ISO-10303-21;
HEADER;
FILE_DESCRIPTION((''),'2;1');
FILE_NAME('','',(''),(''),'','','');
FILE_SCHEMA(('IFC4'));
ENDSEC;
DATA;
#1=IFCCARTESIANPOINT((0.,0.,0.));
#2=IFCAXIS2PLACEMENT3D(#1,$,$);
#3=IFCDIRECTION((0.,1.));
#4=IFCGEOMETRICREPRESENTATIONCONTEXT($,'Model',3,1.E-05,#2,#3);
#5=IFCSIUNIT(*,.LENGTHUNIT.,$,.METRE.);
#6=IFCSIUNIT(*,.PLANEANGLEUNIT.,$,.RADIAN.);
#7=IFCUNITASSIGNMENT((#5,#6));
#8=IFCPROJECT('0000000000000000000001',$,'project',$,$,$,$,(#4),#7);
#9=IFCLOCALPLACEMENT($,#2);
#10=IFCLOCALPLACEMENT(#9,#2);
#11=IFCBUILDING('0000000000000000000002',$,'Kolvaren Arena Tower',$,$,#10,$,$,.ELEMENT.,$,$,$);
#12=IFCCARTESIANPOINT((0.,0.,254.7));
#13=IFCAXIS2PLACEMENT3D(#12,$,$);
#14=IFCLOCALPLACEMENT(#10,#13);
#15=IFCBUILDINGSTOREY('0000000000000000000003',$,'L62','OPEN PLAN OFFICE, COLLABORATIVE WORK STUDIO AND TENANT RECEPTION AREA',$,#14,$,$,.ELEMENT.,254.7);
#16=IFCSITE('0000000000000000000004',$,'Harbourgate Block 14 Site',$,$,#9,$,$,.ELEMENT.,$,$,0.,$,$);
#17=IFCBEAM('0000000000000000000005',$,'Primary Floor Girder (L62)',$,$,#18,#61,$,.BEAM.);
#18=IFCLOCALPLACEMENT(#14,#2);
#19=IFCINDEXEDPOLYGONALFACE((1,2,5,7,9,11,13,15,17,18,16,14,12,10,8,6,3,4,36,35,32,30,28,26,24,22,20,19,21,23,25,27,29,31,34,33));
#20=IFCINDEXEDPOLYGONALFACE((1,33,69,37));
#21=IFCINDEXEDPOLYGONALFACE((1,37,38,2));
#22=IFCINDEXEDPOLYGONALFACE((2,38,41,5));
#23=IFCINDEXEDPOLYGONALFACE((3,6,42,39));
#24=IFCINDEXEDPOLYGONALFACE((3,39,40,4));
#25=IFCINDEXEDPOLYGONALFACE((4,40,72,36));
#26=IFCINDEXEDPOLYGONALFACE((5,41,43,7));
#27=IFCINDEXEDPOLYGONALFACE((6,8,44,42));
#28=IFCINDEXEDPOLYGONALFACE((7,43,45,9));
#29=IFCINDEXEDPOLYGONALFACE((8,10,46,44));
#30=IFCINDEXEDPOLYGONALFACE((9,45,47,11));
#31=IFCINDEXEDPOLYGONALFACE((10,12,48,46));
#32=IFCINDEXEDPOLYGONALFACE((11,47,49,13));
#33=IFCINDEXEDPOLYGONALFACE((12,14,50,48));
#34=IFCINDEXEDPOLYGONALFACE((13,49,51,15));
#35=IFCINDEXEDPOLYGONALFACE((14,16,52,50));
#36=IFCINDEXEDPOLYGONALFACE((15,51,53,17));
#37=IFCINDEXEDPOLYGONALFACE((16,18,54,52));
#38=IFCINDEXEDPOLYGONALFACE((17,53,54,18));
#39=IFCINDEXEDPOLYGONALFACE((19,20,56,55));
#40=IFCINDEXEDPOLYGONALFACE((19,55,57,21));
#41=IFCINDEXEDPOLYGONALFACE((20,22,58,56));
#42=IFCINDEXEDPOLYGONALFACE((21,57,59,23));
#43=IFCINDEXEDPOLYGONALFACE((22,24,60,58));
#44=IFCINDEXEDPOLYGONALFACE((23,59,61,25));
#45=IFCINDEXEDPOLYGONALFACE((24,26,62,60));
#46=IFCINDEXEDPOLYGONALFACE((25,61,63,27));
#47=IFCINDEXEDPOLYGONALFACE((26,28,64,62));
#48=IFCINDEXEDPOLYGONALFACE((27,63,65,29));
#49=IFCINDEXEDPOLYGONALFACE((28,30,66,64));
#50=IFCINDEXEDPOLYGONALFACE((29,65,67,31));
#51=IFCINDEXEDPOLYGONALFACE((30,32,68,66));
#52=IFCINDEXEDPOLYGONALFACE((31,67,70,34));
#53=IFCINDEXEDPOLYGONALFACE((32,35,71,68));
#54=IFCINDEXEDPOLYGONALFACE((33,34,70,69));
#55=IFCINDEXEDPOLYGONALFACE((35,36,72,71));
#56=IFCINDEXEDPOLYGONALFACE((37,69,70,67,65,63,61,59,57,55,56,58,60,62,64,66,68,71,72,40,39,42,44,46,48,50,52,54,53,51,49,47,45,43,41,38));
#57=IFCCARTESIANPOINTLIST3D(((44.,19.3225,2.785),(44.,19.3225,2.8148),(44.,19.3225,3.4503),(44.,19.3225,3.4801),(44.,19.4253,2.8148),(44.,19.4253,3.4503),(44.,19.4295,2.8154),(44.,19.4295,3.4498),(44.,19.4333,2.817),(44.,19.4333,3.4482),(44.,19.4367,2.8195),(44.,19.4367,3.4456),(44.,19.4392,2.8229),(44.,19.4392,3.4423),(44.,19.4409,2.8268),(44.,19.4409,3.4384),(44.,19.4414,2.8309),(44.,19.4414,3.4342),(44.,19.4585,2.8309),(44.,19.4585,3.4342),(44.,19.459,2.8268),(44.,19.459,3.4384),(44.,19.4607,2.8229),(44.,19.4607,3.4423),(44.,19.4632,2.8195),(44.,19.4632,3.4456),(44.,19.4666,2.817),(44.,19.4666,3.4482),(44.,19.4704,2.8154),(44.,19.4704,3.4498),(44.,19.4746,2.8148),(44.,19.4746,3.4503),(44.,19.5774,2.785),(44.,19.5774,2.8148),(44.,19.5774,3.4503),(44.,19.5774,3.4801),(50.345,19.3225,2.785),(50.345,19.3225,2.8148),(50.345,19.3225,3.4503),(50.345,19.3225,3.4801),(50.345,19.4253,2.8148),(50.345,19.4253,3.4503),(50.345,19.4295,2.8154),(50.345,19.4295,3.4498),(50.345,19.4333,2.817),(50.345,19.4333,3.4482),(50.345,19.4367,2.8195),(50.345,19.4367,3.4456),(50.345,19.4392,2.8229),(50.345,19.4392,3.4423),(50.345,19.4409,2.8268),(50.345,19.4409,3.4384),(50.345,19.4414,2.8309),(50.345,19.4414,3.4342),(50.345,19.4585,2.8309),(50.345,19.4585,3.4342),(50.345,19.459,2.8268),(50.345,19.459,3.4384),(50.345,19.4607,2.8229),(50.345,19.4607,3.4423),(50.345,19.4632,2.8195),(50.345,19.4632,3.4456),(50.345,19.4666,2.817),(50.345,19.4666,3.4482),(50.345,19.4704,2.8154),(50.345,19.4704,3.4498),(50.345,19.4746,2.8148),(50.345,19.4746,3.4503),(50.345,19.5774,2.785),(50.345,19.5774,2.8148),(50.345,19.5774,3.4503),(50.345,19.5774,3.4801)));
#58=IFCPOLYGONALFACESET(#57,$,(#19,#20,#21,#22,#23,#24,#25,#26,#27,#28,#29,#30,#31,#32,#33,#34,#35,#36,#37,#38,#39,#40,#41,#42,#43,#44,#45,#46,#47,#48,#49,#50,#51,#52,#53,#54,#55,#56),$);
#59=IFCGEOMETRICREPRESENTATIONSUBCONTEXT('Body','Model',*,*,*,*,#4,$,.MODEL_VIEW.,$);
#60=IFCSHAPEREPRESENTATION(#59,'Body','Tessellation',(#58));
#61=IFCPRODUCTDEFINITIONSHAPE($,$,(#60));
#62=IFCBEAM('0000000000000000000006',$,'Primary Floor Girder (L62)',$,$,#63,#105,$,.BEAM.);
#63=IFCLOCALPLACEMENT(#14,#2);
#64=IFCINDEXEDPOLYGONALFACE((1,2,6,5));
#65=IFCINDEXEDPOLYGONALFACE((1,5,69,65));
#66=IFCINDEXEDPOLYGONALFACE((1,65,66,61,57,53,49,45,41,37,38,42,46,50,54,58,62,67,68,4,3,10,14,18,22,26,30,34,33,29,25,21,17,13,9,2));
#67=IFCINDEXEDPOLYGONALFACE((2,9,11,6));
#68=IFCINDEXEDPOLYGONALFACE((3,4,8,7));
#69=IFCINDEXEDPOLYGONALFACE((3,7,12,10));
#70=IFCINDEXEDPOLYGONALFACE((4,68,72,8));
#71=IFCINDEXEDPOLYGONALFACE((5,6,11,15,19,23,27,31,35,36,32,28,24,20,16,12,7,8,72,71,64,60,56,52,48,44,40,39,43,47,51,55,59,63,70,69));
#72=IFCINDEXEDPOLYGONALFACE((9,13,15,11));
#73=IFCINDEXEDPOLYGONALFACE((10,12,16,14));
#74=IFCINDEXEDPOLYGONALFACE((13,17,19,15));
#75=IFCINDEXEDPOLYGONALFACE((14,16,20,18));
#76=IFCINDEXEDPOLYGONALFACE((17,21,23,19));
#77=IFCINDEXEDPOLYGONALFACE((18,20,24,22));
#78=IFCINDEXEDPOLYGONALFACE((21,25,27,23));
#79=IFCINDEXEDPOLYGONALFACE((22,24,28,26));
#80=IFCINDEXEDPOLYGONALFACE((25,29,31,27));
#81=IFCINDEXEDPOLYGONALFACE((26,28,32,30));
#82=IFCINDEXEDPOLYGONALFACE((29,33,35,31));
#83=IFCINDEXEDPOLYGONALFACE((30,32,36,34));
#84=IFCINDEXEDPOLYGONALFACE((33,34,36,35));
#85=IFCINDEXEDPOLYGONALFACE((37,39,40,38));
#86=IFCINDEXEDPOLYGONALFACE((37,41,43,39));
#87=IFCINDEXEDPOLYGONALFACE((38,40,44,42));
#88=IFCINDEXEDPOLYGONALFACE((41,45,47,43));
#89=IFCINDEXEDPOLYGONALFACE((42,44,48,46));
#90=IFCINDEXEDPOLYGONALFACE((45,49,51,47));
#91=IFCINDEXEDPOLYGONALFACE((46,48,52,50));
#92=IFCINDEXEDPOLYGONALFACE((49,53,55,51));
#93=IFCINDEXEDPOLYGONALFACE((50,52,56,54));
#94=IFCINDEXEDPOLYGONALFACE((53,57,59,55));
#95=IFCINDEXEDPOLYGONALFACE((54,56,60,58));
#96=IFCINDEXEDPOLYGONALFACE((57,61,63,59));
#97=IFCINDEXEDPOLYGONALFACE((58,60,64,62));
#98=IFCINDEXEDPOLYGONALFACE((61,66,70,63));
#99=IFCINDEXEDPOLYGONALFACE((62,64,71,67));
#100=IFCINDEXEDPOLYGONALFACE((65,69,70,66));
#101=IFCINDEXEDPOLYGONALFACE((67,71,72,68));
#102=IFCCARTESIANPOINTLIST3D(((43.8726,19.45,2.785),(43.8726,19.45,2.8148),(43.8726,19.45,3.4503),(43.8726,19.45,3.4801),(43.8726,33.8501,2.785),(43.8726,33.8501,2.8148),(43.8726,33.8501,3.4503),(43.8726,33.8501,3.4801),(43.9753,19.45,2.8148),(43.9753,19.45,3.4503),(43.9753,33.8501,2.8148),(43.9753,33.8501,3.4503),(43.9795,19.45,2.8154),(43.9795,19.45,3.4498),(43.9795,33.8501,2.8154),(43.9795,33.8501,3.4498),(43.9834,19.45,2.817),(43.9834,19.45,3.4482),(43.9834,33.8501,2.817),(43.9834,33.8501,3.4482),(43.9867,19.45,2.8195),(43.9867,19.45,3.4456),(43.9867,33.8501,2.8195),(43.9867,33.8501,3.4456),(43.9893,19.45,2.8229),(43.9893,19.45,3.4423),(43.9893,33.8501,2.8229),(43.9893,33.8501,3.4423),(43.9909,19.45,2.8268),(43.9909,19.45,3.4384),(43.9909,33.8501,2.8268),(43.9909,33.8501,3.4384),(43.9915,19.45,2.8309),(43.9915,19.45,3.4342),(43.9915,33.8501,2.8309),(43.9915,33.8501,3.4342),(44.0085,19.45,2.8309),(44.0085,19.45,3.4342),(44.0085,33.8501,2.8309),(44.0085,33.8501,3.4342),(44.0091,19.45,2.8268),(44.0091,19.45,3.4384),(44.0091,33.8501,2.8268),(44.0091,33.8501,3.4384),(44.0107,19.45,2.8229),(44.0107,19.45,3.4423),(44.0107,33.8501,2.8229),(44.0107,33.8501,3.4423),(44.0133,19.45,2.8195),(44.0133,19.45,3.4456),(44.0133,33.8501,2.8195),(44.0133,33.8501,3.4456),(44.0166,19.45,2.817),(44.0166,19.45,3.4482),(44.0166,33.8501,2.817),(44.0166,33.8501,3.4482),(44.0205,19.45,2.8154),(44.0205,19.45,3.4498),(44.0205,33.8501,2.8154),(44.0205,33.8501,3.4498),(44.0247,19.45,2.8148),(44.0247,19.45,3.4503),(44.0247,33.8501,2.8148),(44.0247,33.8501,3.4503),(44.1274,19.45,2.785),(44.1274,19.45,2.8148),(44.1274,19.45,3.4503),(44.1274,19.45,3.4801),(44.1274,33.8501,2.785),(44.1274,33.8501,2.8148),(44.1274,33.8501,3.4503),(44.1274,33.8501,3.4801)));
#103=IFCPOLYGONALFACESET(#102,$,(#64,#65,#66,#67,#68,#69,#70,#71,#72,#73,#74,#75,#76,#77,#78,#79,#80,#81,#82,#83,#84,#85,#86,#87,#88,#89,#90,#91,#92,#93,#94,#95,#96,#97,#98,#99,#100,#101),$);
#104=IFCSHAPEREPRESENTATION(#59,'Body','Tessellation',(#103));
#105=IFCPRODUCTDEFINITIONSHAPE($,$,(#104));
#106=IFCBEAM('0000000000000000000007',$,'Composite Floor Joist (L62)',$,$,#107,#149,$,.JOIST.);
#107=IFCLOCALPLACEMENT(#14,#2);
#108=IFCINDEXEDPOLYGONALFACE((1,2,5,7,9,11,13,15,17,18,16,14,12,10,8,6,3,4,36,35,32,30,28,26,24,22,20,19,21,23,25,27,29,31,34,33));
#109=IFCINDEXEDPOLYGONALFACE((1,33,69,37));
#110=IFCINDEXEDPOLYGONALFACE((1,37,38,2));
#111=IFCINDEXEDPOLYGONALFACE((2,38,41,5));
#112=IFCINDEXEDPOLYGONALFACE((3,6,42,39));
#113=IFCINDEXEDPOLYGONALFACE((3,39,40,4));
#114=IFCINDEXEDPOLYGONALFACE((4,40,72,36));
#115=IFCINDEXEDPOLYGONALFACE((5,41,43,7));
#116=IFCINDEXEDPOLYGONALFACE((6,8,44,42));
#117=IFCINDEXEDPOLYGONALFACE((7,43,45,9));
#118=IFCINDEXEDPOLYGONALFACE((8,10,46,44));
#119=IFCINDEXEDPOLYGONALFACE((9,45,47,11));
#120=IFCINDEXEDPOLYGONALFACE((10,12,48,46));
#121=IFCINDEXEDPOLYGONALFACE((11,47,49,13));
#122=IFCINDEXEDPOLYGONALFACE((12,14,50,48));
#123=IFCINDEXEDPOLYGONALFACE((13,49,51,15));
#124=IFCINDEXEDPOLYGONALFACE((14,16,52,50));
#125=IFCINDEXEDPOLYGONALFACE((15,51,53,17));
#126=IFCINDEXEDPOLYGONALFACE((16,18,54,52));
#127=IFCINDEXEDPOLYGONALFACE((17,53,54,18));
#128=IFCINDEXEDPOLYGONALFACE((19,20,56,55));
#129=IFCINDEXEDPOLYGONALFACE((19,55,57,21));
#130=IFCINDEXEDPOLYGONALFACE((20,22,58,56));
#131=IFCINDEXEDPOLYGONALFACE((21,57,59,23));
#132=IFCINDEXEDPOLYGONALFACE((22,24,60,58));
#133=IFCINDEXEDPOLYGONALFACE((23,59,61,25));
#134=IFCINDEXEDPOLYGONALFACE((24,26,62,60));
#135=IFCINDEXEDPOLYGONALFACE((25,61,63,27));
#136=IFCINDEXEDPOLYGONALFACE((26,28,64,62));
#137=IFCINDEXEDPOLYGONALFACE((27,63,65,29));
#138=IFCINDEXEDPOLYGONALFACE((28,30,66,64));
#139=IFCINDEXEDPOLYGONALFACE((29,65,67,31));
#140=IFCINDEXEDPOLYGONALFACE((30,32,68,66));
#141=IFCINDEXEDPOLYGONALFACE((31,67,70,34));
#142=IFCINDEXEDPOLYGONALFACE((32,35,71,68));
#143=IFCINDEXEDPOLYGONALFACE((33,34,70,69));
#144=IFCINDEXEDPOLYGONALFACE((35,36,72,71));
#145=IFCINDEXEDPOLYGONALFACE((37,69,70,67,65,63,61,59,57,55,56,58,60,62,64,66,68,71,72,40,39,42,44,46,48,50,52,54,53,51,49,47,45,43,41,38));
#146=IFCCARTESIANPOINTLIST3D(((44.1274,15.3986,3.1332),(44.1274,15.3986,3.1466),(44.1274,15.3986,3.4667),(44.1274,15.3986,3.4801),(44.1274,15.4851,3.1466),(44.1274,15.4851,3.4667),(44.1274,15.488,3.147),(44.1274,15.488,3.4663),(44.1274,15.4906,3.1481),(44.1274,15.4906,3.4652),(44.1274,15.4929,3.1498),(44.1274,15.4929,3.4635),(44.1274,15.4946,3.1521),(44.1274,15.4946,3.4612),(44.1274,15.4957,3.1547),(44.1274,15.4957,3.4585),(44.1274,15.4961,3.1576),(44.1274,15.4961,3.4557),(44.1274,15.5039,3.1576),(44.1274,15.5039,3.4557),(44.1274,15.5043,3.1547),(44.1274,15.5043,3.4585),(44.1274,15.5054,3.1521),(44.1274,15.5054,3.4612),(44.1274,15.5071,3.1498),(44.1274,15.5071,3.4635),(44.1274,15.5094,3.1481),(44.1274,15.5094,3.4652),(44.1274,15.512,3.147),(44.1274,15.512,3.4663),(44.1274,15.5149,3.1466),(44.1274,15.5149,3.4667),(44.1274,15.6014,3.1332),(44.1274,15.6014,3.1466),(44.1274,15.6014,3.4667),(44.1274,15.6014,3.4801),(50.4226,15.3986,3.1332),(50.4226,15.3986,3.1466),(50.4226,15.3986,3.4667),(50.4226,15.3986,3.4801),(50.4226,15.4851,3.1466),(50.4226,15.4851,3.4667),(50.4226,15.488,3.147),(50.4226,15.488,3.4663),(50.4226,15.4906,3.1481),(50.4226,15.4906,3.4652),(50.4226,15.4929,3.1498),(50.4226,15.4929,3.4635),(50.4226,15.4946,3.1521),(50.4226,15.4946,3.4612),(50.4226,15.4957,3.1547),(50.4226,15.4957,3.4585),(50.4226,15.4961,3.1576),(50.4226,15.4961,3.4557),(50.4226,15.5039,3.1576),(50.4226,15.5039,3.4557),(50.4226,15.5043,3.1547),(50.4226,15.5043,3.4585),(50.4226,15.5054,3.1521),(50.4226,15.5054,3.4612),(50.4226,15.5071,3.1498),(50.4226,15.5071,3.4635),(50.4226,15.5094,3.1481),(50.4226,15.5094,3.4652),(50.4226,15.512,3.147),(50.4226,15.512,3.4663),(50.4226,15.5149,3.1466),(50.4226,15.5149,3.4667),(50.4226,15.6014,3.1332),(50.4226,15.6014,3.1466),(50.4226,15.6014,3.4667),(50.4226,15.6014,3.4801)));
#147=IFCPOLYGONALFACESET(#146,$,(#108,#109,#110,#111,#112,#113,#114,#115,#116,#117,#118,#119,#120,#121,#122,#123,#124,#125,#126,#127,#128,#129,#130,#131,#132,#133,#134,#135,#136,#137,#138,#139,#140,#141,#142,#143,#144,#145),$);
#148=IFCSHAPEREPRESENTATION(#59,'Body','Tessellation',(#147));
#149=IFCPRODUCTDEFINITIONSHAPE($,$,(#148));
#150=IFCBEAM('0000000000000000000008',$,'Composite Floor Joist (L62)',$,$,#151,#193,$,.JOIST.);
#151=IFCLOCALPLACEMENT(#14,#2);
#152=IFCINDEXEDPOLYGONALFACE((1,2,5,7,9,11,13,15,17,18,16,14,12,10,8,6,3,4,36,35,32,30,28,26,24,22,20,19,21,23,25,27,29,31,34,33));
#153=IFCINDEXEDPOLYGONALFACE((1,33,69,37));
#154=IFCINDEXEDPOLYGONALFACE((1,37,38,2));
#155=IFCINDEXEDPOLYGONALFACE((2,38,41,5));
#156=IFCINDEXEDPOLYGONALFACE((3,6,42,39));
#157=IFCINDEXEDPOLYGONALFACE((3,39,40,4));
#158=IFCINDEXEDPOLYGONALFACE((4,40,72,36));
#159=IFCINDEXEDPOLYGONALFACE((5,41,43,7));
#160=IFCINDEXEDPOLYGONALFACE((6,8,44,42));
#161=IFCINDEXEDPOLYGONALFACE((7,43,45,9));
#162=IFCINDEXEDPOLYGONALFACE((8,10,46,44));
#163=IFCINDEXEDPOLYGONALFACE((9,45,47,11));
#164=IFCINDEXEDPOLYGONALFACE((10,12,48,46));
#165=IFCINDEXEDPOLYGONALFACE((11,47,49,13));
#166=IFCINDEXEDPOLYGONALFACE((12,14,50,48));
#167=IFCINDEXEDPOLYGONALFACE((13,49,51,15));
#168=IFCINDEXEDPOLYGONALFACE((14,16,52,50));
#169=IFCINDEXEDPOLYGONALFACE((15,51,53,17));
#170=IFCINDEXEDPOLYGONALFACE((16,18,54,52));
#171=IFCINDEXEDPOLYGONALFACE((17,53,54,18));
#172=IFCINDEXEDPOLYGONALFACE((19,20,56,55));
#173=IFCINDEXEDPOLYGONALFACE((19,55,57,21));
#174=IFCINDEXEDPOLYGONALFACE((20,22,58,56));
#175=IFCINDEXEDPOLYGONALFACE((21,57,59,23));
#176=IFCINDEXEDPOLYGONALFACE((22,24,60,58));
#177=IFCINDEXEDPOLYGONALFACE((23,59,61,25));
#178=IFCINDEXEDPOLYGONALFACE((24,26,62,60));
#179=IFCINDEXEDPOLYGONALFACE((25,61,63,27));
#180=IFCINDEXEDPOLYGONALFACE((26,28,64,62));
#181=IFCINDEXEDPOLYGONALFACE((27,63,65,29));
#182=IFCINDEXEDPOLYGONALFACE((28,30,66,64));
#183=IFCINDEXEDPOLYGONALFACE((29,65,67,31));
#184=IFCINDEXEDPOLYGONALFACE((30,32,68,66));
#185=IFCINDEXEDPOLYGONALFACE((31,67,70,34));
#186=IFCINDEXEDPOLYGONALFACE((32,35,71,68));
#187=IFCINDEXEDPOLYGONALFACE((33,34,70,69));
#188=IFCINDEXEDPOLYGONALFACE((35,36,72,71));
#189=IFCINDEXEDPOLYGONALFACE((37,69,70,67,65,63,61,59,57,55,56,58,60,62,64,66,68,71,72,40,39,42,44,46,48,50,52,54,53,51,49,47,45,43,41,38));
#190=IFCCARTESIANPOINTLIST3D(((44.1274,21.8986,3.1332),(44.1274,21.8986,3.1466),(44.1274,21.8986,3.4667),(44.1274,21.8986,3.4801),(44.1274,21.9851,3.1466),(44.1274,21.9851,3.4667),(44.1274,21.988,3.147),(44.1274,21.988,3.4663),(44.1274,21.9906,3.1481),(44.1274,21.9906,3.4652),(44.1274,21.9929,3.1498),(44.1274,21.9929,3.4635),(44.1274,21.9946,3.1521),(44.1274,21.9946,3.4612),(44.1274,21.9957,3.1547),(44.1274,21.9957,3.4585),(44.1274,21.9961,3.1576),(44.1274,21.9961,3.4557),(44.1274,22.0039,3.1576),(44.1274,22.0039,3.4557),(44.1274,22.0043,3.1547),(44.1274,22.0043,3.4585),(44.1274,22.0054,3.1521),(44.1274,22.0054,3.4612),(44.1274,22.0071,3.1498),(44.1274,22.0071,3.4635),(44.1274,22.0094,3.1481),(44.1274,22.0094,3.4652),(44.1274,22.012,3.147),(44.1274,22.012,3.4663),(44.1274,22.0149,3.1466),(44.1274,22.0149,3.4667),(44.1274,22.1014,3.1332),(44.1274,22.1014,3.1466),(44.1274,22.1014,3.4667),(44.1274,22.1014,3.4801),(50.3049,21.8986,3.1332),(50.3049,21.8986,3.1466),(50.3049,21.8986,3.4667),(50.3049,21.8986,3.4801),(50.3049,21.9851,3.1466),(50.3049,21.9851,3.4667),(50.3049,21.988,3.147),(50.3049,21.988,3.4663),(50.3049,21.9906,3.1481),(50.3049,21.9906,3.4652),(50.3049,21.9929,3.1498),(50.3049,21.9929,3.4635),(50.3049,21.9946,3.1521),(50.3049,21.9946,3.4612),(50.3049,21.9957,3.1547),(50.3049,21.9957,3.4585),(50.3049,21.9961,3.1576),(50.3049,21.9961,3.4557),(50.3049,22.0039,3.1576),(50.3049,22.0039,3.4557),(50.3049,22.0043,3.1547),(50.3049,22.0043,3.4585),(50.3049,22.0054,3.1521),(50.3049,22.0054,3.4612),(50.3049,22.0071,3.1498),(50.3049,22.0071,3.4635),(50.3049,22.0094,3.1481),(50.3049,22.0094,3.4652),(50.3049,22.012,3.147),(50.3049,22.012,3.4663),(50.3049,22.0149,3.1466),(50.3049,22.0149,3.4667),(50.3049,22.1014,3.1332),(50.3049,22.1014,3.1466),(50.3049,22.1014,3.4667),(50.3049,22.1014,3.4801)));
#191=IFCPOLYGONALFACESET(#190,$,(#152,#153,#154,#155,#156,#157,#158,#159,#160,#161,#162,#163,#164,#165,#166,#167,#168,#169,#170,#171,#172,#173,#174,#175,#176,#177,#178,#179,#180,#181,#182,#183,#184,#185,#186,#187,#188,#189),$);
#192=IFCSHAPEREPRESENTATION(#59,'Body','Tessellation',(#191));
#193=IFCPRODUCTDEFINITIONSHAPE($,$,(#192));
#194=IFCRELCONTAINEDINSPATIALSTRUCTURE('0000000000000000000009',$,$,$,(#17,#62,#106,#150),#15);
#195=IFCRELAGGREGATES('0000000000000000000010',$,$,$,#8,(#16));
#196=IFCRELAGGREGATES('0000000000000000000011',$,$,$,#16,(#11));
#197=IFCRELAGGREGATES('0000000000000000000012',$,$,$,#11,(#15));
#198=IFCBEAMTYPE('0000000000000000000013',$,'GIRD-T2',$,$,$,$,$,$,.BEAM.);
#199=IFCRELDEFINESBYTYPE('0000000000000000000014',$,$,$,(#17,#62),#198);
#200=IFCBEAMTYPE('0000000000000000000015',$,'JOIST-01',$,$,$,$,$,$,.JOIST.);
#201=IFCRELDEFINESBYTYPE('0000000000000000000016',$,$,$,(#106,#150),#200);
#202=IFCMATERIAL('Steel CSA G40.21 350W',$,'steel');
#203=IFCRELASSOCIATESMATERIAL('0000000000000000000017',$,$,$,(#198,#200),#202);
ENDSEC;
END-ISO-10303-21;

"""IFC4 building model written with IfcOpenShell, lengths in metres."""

from ifc_helpers import new_model, si_unit, direction, frame, origin, origin_2d, place, context, subcontext, project, spatial, i_section, extrude, material, material_profile, profile_set, type_object, element, save


model = new_model("IFC4")

# Units and contexts
model_context = context("Model", 3, precision=1e-05, world=origin(), true_north=direction((0.0, 1.0)))
body_context = subcontext(model_context, "Body", "Model", "MODEL_VIEW")
ifc_project = project(units=[si_unit("LENGTHUNIT", "METRE"), si_unit("PLANEANGLEUNIT", "RADIAN")], contexts=[model_context])

# Site, building, storey
site_placement = place(None, origin())
site = spatial("IfcSite", under=ifc_project, at=site_placement, Name="Harbourgate Block 14 Site", CompositionType="ELEMENT", RefElevation=0.0)
building_placement = place(site_placement, origin())
building = spatial("IfcBuilding", under=site, at=building_placement, Name="Kolvaren Arena Tower", CompositionType="ELEMENT")
storey_placement = place(building_placement, frame((0.0, 0.0, 254.7)))
storey = spatial("IfcBuildingStorey", under=building, at=storey_placement, Name="L62", Description="OPEN PLAN OFFICE, COLLABORATIVE WORK STUDIO AND TENANT RECEPTION AREA", CompositionType="ELEMENT", Elevation=254.7)

# Beams
ifc_material_1 = material(Name="Steel CSA G40.21 350W", Category="steel")
ifc_material_profile_1 = material_profile(ifc_material_1, i_section(OverallWidth=0.2549, OverallDepth=0.6951, WebThickness=0.0171, FlangeThickness=0.0298, FilletRadius=0.0161, at=origin_2d()), Name="W690x217")
ifc_profile_set_1 = profile_set([ifc_material_profile_1], Name="Steel CSA G40.21 350W")
beam_type_1 = type_object("IfcBeamType", Name="GIRD-T2", PredefinedType="BEAM", material=ifc_profile_set_1)
beam_1_placement = place(storey_placement, frame((44.0, 19.45, 3.1326), z_axis=(1.0, 0.0, 0.0), x_axis=(0.0, 1.0, 0.0)))
element("IfcBeam", 1, at=beam_1_placement, inside=storey, type_object=beam_type_1, Name="Primary Floor Girder (L62)", PredefinedType="BEAM", context=body_context, shape_type="SweptSolid", body=[
    extrude(i_section(OverallWidth=0.2549, OverallDepth=0.6951, WebThickness=0.0171, FlangeThickness=0.0298, FilletRadius=0.0161, at=origin_2d()), origin(), (0.0, 0.0, 1.0), 6.345),
])
beam_2_placement = place(storey_placement, frame((44.0, 19.45, 3.1326), z_axis=(0.0, 1.0, 0.0), x_axis=(-1.0, 0.0, 0.0)))
element("IfcBeam", 2, at=beam_2_placement, inside=storey, type_object=beam_type_1, Name="Primary Floor Girder (L62)", PredefinedType="BEAM", context=body_context, shape_type="SweptSolid", body=[
    extrude(i_section(OverallWidth=0.2549, OverallDepth=0.6951, WebThickness=0.0171, FlangeThickness=0.0298, FilletRadius=0.0161, at=origin_2d()), origin(), (0.0, 0.0, 1.0), 14.4001),
])
ifc_material_profile_2 = material_profile(ifc_material_1, i_section(OverallWidth=0.2029, OverallDepth=0.3469, WebThickness=0.0078, FlangeThickness=0.0134, FilletRadius=0.011, at=origin_2d()), Name="W360x64")
ifc_profile_set_2 = profile_set([ifc_material_profile_2], Name="Steel CSA G40.21 350W")
beam_type_2 = type_object("IfcBeamType", Name="JOIST-01", PredefinedType="JOIST", material=ifc_profile_set_2)
beam_3_placement = place(storey_placement, frame((44.1274, 15.5, 3.3066), z_axis=(1.0, 0.0, 0.0), x_axis=(0.0, 1.0, 0.0)))
element("IfcBeam", 3, at=beam_3_placement, inside=storey, type_object=beam_type_2, Name="Composite Floor Joist (L62)", PredefinedType="JOIST", context=body_context, shape_type="SweptSolid", body=[
    extrude(i_section(OverallWidth=0.2029, OverallDepth=0.3469, WebThickness=0.0078, FlangeThickness=0.0134, FilletRadius=0.011, at=origin_2d()), origin(), (0.0, 0.0, 1.0), 6.2952),
])
beam_4_placement = place(storey_placement, frame((44.1274, 22.0, 3.3066), z_axis=(1.0, 0.0, 0.0), x_axis=(0.0, 1.0, 0.0)))
element("IfcBeam", 4, at=beam_4_placement, inside=storey, type_object=beam_type_2, Name="Composite Floor Joist (L62)", PredefinedType="JOIST", context=body_context, shape_type="SweptSolid", body=[
    extrude(i_section(OverallWidth=0.2029, OverallDepth=0.3469, WebThickness=0.0078, FlangeThickness=0.0134, FilletRadius=0.011, at=origin_2d()), origin(), (0.0, 0.0, 1.0), 6.1775),
])

save(model, "model.ifc")
